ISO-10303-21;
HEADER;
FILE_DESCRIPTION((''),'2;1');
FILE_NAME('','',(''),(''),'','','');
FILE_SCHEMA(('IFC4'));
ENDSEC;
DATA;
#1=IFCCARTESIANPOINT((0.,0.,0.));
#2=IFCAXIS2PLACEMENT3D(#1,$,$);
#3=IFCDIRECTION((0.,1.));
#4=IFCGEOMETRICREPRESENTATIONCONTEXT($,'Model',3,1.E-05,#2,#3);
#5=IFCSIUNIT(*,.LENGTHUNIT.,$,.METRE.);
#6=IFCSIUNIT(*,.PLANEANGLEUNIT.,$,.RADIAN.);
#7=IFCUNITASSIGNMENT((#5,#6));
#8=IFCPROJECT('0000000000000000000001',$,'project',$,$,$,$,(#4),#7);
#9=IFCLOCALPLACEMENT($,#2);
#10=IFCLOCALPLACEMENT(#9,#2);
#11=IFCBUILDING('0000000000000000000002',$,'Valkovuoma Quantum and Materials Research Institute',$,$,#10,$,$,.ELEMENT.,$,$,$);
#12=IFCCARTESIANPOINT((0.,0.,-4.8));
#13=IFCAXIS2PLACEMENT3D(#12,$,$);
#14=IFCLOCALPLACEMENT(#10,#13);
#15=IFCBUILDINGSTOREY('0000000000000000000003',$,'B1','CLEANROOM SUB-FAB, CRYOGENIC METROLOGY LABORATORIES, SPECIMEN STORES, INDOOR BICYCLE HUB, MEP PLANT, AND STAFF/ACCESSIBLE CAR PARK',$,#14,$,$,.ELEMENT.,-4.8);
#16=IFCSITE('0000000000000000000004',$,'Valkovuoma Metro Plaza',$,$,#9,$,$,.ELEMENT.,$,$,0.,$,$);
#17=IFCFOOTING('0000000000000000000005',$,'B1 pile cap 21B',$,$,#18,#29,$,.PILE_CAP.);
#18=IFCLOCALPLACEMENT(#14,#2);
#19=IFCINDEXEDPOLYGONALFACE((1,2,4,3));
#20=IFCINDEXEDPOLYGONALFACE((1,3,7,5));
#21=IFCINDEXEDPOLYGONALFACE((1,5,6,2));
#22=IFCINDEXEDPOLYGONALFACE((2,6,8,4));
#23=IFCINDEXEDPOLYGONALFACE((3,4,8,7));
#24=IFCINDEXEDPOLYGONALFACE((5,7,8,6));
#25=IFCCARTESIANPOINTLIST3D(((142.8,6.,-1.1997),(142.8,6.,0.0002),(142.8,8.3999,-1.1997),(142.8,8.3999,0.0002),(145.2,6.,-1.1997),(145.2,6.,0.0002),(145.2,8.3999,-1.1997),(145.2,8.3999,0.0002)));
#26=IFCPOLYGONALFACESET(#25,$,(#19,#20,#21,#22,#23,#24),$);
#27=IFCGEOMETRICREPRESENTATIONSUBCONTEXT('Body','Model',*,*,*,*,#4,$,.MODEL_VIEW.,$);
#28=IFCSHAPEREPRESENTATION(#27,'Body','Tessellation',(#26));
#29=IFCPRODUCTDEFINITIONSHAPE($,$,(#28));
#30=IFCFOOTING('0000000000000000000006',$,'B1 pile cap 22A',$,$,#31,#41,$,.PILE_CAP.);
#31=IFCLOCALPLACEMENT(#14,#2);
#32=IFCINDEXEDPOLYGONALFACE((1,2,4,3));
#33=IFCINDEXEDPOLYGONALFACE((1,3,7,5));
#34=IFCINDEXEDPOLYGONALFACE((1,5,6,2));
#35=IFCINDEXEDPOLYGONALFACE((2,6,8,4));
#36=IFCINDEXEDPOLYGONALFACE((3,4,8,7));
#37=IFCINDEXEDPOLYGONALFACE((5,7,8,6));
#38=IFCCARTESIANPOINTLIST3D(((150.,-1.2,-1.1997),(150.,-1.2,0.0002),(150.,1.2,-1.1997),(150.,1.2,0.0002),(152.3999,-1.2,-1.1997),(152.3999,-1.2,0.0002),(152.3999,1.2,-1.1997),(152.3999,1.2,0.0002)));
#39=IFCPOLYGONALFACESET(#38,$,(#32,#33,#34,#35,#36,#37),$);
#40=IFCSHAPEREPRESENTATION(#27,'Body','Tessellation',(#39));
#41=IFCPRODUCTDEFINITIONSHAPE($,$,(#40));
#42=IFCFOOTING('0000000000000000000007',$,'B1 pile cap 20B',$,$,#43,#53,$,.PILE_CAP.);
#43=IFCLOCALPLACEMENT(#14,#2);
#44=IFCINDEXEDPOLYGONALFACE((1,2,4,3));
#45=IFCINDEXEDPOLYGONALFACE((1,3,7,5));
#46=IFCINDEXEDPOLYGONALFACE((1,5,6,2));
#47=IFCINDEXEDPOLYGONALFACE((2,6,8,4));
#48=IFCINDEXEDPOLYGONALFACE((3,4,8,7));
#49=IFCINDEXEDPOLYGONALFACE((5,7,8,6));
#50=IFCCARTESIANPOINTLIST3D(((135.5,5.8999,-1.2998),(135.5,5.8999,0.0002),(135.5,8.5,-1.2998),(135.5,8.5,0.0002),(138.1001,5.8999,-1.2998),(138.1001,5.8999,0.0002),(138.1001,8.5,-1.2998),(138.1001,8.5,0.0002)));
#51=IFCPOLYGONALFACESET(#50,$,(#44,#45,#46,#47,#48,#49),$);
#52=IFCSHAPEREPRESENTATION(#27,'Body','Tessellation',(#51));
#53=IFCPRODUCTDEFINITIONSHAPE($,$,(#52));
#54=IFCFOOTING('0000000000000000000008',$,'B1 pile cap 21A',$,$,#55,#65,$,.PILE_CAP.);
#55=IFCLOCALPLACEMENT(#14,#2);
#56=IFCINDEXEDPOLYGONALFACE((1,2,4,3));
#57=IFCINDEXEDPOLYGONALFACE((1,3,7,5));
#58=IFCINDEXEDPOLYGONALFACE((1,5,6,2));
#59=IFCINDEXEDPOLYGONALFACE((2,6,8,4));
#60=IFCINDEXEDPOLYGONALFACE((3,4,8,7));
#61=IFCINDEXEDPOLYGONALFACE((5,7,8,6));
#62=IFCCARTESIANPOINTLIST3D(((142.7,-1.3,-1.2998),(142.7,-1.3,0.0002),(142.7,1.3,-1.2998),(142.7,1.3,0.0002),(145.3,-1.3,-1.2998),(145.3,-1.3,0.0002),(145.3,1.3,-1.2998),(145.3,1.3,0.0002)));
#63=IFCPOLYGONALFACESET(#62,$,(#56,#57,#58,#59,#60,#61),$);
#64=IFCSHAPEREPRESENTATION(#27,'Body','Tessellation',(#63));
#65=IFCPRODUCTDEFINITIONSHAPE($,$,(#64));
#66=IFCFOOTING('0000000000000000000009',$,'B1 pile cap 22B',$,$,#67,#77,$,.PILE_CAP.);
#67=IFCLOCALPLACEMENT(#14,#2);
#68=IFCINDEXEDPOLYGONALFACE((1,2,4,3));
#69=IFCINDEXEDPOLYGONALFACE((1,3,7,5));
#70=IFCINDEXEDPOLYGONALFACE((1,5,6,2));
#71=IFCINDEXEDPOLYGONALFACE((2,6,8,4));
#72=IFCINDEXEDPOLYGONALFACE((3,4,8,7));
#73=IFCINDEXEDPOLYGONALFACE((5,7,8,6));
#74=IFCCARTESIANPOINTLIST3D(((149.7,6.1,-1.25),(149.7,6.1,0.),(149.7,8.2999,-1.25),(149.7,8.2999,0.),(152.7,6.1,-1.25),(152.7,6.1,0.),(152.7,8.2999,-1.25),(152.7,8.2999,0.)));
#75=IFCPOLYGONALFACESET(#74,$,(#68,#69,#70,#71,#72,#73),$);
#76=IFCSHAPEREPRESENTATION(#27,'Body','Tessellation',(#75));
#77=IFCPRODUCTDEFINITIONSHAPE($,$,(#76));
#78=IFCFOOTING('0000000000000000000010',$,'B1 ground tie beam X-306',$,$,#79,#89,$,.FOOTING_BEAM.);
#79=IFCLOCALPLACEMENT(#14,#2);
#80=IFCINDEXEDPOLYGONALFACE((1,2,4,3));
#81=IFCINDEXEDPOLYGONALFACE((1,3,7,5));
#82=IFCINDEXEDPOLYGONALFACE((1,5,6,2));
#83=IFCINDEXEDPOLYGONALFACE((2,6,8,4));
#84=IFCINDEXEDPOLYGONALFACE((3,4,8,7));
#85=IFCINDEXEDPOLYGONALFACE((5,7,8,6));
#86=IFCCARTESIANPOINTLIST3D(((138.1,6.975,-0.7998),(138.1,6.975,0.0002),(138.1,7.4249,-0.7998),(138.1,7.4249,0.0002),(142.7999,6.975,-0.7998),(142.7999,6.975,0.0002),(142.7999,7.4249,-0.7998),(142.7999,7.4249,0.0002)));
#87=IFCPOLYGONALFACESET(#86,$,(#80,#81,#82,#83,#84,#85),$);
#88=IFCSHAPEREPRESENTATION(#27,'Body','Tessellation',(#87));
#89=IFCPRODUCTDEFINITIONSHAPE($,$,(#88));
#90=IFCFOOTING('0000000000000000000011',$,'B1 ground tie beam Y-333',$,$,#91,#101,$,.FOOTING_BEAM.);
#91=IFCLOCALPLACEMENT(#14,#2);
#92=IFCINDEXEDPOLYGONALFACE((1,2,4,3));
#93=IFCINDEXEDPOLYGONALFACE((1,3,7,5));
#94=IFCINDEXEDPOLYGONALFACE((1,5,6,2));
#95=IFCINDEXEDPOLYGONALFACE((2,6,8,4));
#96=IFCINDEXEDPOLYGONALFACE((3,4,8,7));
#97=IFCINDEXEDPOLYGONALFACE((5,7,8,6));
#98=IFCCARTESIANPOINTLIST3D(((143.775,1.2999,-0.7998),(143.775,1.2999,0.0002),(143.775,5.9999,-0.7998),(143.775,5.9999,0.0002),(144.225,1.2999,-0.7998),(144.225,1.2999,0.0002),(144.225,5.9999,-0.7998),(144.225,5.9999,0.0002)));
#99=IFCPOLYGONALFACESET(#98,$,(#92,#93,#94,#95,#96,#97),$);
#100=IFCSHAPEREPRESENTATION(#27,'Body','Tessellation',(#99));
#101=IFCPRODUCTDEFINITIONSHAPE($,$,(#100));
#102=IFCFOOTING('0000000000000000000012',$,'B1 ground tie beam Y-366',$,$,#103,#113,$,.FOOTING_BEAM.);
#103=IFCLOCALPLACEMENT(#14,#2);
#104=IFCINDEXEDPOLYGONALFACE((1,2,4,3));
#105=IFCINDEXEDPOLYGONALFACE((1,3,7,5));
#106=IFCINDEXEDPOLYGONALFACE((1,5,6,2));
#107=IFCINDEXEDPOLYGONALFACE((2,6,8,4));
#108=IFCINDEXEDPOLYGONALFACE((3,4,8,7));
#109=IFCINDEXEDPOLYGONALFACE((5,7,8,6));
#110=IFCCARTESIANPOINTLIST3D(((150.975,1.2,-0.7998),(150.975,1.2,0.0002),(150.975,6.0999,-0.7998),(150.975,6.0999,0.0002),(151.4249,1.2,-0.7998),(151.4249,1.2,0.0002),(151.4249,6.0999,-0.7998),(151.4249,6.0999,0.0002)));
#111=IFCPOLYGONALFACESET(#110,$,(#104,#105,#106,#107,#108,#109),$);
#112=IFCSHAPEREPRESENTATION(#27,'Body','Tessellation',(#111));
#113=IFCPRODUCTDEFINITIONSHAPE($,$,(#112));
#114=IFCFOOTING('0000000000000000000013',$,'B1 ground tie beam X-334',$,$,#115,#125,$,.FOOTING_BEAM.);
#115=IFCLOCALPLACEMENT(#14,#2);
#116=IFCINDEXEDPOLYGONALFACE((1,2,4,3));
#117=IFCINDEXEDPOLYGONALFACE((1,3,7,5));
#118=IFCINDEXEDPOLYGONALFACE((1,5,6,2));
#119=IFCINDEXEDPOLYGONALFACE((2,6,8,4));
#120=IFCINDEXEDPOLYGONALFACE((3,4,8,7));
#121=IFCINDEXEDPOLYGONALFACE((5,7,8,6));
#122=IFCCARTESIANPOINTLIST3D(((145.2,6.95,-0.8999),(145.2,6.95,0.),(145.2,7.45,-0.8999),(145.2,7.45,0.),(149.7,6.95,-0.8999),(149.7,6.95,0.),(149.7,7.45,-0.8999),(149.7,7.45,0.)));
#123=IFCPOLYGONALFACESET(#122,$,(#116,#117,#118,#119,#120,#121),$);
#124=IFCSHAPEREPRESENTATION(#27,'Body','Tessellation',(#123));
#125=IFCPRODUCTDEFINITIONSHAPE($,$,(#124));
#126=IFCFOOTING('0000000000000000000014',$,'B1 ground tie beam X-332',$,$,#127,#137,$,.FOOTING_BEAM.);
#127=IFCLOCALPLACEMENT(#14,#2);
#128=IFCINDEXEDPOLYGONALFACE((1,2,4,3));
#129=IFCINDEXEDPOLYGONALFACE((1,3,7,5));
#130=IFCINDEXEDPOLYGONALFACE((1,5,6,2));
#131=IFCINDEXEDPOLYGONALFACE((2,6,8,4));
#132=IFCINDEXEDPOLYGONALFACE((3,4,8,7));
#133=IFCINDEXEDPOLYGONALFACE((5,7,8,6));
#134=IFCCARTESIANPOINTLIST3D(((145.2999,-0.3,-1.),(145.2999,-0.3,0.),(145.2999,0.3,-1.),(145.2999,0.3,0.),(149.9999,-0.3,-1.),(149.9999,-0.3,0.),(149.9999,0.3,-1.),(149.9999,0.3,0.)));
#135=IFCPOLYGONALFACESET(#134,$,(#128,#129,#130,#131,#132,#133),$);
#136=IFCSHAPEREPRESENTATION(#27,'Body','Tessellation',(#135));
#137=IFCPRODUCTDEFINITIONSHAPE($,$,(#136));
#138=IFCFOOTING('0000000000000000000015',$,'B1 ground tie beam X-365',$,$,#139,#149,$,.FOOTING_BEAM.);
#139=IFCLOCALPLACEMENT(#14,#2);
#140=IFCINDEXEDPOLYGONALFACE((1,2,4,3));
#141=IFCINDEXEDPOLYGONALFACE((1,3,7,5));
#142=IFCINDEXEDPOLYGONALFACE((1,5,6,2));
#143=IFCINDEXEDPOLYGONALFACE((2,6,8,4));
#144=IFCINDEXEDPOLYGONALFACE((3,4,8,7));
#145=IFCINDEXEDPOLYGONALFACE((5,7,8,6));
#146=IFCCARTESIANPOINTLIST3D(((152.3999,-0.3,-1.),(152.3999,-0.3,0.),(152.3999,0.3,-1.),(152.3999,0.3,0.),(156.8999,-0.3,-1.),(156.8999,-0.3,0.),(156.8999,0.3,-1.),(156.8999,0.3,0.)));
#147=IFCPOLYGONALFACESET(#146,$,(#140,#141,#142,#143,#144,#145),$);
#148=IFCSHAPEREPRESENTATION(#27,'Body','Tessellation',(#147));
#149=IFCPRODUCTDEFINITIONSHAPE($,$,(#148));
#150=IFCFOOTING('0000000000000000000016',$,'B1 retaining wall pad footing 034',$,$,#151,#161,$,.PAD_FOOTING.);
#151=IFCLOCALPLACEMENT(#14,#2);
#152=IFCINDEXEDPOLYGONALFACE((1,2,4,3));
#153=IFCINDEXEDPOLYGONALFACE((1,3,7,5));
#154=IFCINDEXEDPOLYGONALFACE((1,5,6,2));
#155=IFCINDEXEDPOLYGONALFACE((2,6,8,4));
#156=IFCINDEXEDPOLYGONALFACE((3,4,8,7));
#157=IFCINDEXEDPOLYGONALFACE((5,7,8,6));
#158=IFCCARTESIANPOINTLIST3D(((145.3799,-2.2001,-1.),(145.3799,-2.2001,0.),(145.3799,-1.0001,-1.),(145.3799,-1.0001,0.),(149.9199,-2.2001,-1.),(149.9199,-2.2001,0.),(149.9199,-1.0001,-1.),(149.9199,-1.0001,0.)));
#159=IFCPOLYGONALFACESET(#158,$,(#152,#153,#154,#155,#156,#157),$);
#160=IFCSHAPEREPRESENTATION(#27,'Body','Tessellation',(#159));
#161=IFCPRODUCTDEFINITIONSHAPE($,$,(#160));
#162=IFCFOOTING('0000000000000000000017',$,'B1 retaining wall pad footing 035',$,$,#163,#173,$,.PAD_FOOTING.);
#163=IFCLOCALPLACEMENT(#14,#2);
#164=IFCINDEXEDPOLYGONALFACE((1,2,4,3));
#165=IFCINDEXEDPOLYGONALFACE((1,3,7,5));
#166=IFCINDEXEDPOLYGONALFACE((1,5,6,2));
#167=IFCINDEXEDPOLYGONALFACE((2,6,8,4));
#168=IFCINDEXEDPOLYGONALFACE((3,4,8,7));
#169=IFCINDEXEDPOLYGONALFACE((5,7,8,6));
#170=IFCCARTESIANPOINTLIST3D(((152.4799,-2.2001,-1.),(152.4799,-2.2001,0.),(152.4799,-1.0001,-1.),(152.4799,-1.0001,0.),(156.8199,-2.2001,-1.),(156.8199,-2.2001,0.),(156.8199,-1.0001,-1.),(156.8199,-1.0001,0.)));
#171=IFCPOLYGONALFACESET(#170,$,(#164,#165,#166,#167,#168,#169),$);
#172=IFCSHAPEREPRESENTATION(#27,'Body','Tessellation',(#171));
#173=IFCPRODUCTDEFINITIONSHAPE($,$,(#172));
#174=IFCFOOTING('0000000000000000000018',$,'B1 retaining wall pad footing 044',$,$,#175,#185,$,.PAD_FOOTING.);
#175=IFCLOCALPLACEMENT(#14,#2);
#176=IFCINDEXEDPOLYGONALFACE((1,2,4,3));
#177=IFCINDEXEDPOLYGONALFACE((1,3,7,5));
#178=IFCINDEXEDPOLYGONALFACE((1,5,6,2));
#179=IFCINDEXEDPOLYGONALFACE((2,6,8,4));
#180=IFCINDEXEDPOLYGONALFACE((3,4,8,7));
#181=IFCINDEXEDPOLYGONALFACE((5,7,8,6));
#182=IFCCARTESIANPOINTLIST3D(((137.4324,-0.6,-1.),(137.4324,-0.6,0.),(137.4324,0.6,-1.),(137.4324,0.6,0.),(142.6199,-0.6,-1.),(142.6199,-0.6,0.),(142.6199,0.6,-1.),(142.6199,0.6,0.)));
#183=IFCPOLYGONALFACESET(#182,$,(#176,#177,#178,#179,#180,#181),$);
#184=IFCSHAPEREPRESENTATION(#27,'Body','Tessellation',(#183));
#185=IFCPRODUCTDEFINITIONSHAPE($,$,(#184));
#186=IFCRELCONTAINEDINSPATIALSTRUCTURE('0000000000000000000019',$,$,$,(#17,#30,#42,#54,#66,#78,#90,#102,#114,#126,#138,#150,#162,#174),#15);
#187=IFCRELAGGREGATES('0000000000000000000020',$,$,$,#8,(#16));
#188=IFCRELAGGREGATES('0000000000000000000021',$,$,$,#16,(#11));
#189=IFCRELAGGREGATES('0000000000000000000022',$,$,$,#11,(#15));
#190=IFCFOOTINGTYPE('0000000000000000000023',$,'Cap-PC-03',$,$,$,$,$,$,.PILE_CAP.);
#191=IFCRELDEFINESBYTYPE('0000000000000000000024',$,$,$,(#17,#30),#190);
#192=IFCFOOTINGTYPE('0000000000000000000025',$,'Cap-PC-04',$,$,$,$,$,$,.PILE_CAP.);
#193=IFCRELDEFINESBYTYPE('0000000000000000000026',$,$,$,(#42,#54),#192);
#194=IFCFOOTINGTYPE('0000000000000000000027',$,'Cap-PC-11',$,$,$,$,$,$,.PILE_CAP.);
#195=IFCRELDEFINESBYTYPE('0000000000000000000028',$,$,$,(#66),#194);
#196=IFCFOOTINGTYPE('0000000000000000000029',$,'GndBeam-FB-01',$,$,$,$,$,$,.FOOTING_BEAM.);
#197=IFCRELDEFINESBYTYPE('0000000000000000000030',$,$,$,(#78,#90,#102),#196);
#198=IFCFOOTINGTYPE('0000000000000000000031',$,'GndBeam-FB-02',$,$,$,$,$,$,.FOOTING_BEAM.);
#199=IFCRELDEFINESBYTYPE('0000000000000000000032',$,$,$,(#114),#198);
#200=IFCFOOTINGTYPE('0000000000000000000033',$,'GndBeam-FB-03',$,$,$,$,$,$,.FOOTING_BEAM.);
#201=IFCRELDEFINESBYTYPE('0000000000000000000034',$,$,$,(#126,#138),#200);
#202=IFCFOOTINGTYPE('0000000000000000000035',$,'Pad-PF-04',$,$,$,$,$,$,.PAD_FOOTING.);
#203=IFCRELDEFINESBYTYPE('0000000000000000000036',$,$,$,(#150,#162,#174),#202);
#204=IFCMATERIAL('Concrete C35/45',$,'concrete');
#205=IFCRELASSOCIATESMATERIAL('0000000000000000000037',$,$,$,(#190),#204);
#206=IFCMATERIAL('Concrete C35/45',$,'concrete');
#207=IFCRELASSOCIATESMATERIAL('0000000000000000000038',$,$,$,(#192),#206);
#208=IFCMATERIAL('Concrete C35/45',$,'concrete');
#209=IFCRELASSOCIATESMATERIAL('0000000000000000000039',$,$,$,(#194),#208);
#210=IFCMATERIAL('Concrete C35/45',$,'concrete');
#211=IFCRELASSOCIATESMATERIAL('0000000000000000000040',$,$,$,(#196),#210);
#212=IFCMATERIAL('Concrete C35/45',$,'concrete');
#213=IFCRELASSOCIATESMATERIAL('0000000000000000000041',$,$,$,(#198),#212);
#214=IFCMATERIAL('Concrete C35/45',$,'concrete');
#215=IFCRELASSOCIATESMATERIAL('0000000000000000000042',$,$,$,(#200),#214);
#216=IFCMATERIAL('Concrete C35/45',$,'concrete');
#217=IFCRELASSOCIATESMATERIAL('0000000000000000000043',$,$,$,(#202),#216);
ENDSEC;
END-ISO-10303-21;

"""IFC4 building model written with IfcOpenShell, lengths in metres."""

from ifc_helpers import new_model, si_unit, direction, frame, origin, origin_2d, place, context, subcontext, project, spatial, rectangle, extrude, material, type_object, element, save


model = new_model("IFC4")

# Units and contexts
model_context = context("Model", 3, precision=1e-05, world=origin(), true_north=direction((0.0, 1.0)))
body_context = subcontext(model_context, "Body", "Model", "MODEL_VIEW")
ifc_project = project(units=[si_unit("LENGTHUNIT", "METRE"), si_unit("PLANEANGLEUNIT", "RADIAN")], contexts=[model_context])

# Site, building, storey
site_placement = place(None, origin())
site = spatial("IfcSite", under=ifc_project, at=site_placement, Name="Valkovuoma Metro Plaza", CompositionType="ELEMENT", RefElevation=0.0)
building_placement = place(site_placement, origin())
building = spatial("IfcBuilding", under=site, at=building_placement, Name="Valkovuoma Quantum and Materials Research Institute", CompositionType="ELEMENT")
storey_placement = place(building_placement, frame((0.0, 0.0, -4.8)))
storey = spatial("IfcBuildingStorey", under=building, at=storey_placement, Name="B1", Description="CLEANROOM SUB-FAB, CRYOGENIC METROLOGY LABORATORIES, SPECIMEN STORES, INDOOR BICYCLE HUB, MEP PLANT, AND STAFF/ACCESSIBLE CAR PARK", CompositionType="ELEMENT", Elevation=-4.8)

# Footings
ifc_material_1 = material(Name="Concrete C35/45", Category="concrete")
footing_type_1 = type_object("IfcFootingType", Name="Cap-PC-03", PredefinedType="PILE_CAP", material=ifc_material_1)
for number, where, z_axis, x_axis, name in (
    (1, (144.0, 7.2, -1.1997), (0.0, 0.0, 1.0), (1.0, 0.0, 0.0), "B1 pile cap 21B"),
    (2, (151.2, 0.0, -1.1997), (0.0, 0.0, 1.0), (1.0, 0.0, 0.0), "B1 pile cap 22A"),
):
    element("IfcFooting", number, at=place(storey_placement, frame(where, z_axis=z_axis, x_axis=x_axis)), inside=storey, type_object=footing_type_1, Name=name, PredefinedType="PILE_CAP", context=body_context, shape_type="SweptSolid", body=[
        extrude(rectangle(XDim=2.3999, YDim=2.3999, at=origin_2d()), origin(), (0.0, 0.0, 1.0), 1.2),
    ])
ifc_material_2 = material(Name="Concrete C35/45", Category="concrete")
footing_type_2 = type_object("IfcFootingType", Name="Cap-PC-04", PredefinedType="PILE_CAP", material=ifc_material_2)
for number, where, z_axis, x_axis, name in (
    (3, (136.8, 7.2, -1.2998), (0.0, 0.0, 1.0), (1.0, 0.0, 0.0), "B1 pile cap 20B"),
    (4, (144.0, 0.0, -1.2998), (0.0, 0.0, 1.0), (1.0, 0.0, 0.0), "B1 pile cap 21A"),
):
    element("IfcFooting", number, at=place(storey_placement, frame(where, z_axis=z_axis, x_axis=x_axis)), inside=storey, type_object=footing_type_2, Name=name, PredefinedType="PILE_CAP", context=body_context, shape_type="SweptSolid", body=[
        extrude(rectangle(XDim=2.6001, YDim=2.6001, at=origin_2d()), origin(), (0.0, 0.0, 1.0), 1.3),
    ])
ifc_material_3 = material(Name="Concrete C35/45", Category="concrete")
footing_type_3 = type_object("IfcFootingType", Name="Cap-PC-11", PredefinedType="PILE_CAP", material=ifc_material_3)
footing_1_placement = place(storey_placement, frame((151.2, 7.2, -1.25), z_axis=(0.0, 0.0, 1.0), x_axis=(1.0, 0.0, 0.0)))
element("IfcFooting", 5, at=footing_1_placement, inside=storey, type_object=footing_type_3, Name="B1 pile cap 22B", PredefinedType="PILE_CAP", context=body_context, shape_type="SweptSolid", body=[
    extrude(rectangle(XDim=3.0, YDim=2.2, at=origin_2d()), origin(), (0.0, 0.0, 1.0), 1.25),
])
ifc_material_4 = material(Name="Concrete C35/45", Category="concrete")
footing_type_4 = type_object("IfcFootingType", Name="GndBeam-FB-01", PredefinedType="FOOTING_BEAM", material=ifc_material_4)
for number, where, z_axis, x_axis, name in (
    (6, (140.45, 7.2, -0.7998), (0.0, 0.0, 1.0), (1.0, 0.0, 0.0), "B1 ground tie beam X-306"),
    (7, (144.0, 3.6499, -0.7998), (0.0, 0.0, 1.0), (0.0, 1.0, 0.0), "B1 ground tie beam Y-333"),
):
    element("IfcFooting", number, at=place(storey_placement, frame(where, z_axis=z_axis, x_axis=x_axis)), inside=storey, type_object=footing_type_4, Name=name, PredefinedType="FOOTING_BEAM", context=body_context, shape_type="SweptSolid", body=[
        extrude(rectangle(XDim=4.7, YDim=0.45, at=origin_2d()), origin(), (0.0, 0.0, 1.0), 0.8),
    ])
footing_2_placement = place(storey_placement, frame((151.2, 3.6499, -0.7998), z_axis=(0.0, 0.0, 1.0), x_axis=(0.0, 1.0, 0.0)))
element("IfcFooting", 8, at=footing_2_placement, inside=storey, type_object=footing_type_4, Name="B1 ground tie beam Y-366", PredefinedType="FOOTING_BEAM", context=body_context, shape_type="SweptSolid", body=[
    extrude(rectangle(XDim=4.8999, YDim=0.45, at=origin_2d()), origin(), (0.0, 0.0, 1.0), 0.8),
])
ifc_material_5 = material(Name="Concrete C35/45", Category="concrete")
footing_type_5 = type_object("IfcFootingType", Name="GndBeam-FB-02", PredefinedType="FOOTING_BEAM", material=ifc_material_5)
footing_3_placement = place(storey_placement, frame((147.45, 7.2, -0.8999), z_axis=(0.0, 0.0, 1.0), x_axis=(1.0, 0.0, 0.0)))
element("IfcFooting", 9, at=footing_3_placement, inside=storey, type_object=footing_type_5, Name="B1 ground tie beam X-334", PredefinedType="FOOTING_BEAM", context=body_context, shape_type="SweptSolid", body=[
    extrude(rectangle(XDim=4.5, YDim=0.5, at=origin_2d()), origin(), (0.0, 0.0, 1.0), 0.8999),
])
ifc_material_6 = material(Name="Concrete C35/45", Category="concrete")
footing_type_6 = type_object("IfcFootingType", Name="GndBeam-FB-03", PredefinedType="FOOTING_BEAM", material=ifc_material_6)
footing_4_placement = place(storey_placement, frame((147.6499, 0.0, -1.0), z_axis=(0.0, 0.0, 1.0), x_axis=(1.0, 0.0, 0.0)))
element("IfcFooting", 10, at=footing_4_placement, inside=storey, type_object=footing_type_6, Name="B1 ground tie beam X-332", PredefinedType="FOOTING_BEAM", context=body_context, shape_type="SweptSolid", body=[
    extrude(rectangle(XDim=4.7, YDim=0.6001, at=origin_2d()), origin(), (0.0, 0.0, 1.0), 1.0),
])
footing_5_placement = place(storey_placement, frame((154.6499, 0.0, -1.0), z_axis=(0.0, 0.0, 1.0), x_axis=(1.0, 0.0, 0.0)))
element("IfcFooting", 11, at=footing_5_placement, inside=storey, type_object=footing_type_6, Name="B1 ground tie beam X-365", PredefinedType="FOOTING_BEAM", context=body_context, shape_type="SweptSolid", body=[
    extrude(rectangle(XDim=4.5, YDim=0.6001, at=origin_2d()), origin(), (0.0, 0.0, 1.0), 1.0),
])
ifc_material_7 = material(Name="Concrete C35/45", Category="concrete")
footing_type_7 = type_object("IfcFootingType", Name="Pad-PF-04", PredefinedType="PAD_FOOTING", material=ifc_material_7)
footing_6_placement = place(storey_placement, frame((147.6499, -1.6001, -1.0), z_axis=(0.0, 0.0, 1.0), x_axis=(1.0, 0.0, 0.0)))
element("IfcFooting", 12, at=footing_6_placement, inside=storey, type_object=footing_type_7, Name="B1 retaining wall pad footing 034", PredefinedType="PAD_FOOTING", context=body_context, shape_type="SweptSolid", body=[
    extrude(rectangle(XDim=4.54, YDim=1.2, at=origin_2d()), origin(), (0.0, 0.0, 1.0), 1.0),
])
footing_7_placement = place(storey_placement, frame((154.6499, -1.6001, -1.0), z_axis=(0.0, 0.0, 1.0), x_axis=(1.0, 0.0, 0.0)))
element("IfcFooting", 13, at=footing_7_placement, inside=storey, type_object=footing_type_7, Name="B1 retaining wall pad footing 035", PredefinedType="PAD_FOOTING", context=body_context, shape_type="SweptSolid", body=[
    extrude(rectangle(XDim=4.3401, YDim=1.2, at=origin_2d()), origin(), (0.0, 0.0, 1.0), 1.0),
])
footing_8_placement = place(storey_placement, frame((140.0261, 0.0, -1.0), z_axis=(0.0, 0.0, 1.0), x_axis=(1.0, 0.0, 0.0)))
element("IfcFooting", 14, at=footing_8_placement, inside=storey, type_object=footing_type_7, Name="B1 retaining wall pad footing 044", PredefinedType="PAD_FOOTING", context=body_context, shape_type="SweptSolid", body=[
    extrude(rectangle(XDim=5.1875, YDim=1.2, at=origin_2d()), origin(), (0.0, 0.0, 1.0), 1.0),
])

save(model, "model.ifc")
